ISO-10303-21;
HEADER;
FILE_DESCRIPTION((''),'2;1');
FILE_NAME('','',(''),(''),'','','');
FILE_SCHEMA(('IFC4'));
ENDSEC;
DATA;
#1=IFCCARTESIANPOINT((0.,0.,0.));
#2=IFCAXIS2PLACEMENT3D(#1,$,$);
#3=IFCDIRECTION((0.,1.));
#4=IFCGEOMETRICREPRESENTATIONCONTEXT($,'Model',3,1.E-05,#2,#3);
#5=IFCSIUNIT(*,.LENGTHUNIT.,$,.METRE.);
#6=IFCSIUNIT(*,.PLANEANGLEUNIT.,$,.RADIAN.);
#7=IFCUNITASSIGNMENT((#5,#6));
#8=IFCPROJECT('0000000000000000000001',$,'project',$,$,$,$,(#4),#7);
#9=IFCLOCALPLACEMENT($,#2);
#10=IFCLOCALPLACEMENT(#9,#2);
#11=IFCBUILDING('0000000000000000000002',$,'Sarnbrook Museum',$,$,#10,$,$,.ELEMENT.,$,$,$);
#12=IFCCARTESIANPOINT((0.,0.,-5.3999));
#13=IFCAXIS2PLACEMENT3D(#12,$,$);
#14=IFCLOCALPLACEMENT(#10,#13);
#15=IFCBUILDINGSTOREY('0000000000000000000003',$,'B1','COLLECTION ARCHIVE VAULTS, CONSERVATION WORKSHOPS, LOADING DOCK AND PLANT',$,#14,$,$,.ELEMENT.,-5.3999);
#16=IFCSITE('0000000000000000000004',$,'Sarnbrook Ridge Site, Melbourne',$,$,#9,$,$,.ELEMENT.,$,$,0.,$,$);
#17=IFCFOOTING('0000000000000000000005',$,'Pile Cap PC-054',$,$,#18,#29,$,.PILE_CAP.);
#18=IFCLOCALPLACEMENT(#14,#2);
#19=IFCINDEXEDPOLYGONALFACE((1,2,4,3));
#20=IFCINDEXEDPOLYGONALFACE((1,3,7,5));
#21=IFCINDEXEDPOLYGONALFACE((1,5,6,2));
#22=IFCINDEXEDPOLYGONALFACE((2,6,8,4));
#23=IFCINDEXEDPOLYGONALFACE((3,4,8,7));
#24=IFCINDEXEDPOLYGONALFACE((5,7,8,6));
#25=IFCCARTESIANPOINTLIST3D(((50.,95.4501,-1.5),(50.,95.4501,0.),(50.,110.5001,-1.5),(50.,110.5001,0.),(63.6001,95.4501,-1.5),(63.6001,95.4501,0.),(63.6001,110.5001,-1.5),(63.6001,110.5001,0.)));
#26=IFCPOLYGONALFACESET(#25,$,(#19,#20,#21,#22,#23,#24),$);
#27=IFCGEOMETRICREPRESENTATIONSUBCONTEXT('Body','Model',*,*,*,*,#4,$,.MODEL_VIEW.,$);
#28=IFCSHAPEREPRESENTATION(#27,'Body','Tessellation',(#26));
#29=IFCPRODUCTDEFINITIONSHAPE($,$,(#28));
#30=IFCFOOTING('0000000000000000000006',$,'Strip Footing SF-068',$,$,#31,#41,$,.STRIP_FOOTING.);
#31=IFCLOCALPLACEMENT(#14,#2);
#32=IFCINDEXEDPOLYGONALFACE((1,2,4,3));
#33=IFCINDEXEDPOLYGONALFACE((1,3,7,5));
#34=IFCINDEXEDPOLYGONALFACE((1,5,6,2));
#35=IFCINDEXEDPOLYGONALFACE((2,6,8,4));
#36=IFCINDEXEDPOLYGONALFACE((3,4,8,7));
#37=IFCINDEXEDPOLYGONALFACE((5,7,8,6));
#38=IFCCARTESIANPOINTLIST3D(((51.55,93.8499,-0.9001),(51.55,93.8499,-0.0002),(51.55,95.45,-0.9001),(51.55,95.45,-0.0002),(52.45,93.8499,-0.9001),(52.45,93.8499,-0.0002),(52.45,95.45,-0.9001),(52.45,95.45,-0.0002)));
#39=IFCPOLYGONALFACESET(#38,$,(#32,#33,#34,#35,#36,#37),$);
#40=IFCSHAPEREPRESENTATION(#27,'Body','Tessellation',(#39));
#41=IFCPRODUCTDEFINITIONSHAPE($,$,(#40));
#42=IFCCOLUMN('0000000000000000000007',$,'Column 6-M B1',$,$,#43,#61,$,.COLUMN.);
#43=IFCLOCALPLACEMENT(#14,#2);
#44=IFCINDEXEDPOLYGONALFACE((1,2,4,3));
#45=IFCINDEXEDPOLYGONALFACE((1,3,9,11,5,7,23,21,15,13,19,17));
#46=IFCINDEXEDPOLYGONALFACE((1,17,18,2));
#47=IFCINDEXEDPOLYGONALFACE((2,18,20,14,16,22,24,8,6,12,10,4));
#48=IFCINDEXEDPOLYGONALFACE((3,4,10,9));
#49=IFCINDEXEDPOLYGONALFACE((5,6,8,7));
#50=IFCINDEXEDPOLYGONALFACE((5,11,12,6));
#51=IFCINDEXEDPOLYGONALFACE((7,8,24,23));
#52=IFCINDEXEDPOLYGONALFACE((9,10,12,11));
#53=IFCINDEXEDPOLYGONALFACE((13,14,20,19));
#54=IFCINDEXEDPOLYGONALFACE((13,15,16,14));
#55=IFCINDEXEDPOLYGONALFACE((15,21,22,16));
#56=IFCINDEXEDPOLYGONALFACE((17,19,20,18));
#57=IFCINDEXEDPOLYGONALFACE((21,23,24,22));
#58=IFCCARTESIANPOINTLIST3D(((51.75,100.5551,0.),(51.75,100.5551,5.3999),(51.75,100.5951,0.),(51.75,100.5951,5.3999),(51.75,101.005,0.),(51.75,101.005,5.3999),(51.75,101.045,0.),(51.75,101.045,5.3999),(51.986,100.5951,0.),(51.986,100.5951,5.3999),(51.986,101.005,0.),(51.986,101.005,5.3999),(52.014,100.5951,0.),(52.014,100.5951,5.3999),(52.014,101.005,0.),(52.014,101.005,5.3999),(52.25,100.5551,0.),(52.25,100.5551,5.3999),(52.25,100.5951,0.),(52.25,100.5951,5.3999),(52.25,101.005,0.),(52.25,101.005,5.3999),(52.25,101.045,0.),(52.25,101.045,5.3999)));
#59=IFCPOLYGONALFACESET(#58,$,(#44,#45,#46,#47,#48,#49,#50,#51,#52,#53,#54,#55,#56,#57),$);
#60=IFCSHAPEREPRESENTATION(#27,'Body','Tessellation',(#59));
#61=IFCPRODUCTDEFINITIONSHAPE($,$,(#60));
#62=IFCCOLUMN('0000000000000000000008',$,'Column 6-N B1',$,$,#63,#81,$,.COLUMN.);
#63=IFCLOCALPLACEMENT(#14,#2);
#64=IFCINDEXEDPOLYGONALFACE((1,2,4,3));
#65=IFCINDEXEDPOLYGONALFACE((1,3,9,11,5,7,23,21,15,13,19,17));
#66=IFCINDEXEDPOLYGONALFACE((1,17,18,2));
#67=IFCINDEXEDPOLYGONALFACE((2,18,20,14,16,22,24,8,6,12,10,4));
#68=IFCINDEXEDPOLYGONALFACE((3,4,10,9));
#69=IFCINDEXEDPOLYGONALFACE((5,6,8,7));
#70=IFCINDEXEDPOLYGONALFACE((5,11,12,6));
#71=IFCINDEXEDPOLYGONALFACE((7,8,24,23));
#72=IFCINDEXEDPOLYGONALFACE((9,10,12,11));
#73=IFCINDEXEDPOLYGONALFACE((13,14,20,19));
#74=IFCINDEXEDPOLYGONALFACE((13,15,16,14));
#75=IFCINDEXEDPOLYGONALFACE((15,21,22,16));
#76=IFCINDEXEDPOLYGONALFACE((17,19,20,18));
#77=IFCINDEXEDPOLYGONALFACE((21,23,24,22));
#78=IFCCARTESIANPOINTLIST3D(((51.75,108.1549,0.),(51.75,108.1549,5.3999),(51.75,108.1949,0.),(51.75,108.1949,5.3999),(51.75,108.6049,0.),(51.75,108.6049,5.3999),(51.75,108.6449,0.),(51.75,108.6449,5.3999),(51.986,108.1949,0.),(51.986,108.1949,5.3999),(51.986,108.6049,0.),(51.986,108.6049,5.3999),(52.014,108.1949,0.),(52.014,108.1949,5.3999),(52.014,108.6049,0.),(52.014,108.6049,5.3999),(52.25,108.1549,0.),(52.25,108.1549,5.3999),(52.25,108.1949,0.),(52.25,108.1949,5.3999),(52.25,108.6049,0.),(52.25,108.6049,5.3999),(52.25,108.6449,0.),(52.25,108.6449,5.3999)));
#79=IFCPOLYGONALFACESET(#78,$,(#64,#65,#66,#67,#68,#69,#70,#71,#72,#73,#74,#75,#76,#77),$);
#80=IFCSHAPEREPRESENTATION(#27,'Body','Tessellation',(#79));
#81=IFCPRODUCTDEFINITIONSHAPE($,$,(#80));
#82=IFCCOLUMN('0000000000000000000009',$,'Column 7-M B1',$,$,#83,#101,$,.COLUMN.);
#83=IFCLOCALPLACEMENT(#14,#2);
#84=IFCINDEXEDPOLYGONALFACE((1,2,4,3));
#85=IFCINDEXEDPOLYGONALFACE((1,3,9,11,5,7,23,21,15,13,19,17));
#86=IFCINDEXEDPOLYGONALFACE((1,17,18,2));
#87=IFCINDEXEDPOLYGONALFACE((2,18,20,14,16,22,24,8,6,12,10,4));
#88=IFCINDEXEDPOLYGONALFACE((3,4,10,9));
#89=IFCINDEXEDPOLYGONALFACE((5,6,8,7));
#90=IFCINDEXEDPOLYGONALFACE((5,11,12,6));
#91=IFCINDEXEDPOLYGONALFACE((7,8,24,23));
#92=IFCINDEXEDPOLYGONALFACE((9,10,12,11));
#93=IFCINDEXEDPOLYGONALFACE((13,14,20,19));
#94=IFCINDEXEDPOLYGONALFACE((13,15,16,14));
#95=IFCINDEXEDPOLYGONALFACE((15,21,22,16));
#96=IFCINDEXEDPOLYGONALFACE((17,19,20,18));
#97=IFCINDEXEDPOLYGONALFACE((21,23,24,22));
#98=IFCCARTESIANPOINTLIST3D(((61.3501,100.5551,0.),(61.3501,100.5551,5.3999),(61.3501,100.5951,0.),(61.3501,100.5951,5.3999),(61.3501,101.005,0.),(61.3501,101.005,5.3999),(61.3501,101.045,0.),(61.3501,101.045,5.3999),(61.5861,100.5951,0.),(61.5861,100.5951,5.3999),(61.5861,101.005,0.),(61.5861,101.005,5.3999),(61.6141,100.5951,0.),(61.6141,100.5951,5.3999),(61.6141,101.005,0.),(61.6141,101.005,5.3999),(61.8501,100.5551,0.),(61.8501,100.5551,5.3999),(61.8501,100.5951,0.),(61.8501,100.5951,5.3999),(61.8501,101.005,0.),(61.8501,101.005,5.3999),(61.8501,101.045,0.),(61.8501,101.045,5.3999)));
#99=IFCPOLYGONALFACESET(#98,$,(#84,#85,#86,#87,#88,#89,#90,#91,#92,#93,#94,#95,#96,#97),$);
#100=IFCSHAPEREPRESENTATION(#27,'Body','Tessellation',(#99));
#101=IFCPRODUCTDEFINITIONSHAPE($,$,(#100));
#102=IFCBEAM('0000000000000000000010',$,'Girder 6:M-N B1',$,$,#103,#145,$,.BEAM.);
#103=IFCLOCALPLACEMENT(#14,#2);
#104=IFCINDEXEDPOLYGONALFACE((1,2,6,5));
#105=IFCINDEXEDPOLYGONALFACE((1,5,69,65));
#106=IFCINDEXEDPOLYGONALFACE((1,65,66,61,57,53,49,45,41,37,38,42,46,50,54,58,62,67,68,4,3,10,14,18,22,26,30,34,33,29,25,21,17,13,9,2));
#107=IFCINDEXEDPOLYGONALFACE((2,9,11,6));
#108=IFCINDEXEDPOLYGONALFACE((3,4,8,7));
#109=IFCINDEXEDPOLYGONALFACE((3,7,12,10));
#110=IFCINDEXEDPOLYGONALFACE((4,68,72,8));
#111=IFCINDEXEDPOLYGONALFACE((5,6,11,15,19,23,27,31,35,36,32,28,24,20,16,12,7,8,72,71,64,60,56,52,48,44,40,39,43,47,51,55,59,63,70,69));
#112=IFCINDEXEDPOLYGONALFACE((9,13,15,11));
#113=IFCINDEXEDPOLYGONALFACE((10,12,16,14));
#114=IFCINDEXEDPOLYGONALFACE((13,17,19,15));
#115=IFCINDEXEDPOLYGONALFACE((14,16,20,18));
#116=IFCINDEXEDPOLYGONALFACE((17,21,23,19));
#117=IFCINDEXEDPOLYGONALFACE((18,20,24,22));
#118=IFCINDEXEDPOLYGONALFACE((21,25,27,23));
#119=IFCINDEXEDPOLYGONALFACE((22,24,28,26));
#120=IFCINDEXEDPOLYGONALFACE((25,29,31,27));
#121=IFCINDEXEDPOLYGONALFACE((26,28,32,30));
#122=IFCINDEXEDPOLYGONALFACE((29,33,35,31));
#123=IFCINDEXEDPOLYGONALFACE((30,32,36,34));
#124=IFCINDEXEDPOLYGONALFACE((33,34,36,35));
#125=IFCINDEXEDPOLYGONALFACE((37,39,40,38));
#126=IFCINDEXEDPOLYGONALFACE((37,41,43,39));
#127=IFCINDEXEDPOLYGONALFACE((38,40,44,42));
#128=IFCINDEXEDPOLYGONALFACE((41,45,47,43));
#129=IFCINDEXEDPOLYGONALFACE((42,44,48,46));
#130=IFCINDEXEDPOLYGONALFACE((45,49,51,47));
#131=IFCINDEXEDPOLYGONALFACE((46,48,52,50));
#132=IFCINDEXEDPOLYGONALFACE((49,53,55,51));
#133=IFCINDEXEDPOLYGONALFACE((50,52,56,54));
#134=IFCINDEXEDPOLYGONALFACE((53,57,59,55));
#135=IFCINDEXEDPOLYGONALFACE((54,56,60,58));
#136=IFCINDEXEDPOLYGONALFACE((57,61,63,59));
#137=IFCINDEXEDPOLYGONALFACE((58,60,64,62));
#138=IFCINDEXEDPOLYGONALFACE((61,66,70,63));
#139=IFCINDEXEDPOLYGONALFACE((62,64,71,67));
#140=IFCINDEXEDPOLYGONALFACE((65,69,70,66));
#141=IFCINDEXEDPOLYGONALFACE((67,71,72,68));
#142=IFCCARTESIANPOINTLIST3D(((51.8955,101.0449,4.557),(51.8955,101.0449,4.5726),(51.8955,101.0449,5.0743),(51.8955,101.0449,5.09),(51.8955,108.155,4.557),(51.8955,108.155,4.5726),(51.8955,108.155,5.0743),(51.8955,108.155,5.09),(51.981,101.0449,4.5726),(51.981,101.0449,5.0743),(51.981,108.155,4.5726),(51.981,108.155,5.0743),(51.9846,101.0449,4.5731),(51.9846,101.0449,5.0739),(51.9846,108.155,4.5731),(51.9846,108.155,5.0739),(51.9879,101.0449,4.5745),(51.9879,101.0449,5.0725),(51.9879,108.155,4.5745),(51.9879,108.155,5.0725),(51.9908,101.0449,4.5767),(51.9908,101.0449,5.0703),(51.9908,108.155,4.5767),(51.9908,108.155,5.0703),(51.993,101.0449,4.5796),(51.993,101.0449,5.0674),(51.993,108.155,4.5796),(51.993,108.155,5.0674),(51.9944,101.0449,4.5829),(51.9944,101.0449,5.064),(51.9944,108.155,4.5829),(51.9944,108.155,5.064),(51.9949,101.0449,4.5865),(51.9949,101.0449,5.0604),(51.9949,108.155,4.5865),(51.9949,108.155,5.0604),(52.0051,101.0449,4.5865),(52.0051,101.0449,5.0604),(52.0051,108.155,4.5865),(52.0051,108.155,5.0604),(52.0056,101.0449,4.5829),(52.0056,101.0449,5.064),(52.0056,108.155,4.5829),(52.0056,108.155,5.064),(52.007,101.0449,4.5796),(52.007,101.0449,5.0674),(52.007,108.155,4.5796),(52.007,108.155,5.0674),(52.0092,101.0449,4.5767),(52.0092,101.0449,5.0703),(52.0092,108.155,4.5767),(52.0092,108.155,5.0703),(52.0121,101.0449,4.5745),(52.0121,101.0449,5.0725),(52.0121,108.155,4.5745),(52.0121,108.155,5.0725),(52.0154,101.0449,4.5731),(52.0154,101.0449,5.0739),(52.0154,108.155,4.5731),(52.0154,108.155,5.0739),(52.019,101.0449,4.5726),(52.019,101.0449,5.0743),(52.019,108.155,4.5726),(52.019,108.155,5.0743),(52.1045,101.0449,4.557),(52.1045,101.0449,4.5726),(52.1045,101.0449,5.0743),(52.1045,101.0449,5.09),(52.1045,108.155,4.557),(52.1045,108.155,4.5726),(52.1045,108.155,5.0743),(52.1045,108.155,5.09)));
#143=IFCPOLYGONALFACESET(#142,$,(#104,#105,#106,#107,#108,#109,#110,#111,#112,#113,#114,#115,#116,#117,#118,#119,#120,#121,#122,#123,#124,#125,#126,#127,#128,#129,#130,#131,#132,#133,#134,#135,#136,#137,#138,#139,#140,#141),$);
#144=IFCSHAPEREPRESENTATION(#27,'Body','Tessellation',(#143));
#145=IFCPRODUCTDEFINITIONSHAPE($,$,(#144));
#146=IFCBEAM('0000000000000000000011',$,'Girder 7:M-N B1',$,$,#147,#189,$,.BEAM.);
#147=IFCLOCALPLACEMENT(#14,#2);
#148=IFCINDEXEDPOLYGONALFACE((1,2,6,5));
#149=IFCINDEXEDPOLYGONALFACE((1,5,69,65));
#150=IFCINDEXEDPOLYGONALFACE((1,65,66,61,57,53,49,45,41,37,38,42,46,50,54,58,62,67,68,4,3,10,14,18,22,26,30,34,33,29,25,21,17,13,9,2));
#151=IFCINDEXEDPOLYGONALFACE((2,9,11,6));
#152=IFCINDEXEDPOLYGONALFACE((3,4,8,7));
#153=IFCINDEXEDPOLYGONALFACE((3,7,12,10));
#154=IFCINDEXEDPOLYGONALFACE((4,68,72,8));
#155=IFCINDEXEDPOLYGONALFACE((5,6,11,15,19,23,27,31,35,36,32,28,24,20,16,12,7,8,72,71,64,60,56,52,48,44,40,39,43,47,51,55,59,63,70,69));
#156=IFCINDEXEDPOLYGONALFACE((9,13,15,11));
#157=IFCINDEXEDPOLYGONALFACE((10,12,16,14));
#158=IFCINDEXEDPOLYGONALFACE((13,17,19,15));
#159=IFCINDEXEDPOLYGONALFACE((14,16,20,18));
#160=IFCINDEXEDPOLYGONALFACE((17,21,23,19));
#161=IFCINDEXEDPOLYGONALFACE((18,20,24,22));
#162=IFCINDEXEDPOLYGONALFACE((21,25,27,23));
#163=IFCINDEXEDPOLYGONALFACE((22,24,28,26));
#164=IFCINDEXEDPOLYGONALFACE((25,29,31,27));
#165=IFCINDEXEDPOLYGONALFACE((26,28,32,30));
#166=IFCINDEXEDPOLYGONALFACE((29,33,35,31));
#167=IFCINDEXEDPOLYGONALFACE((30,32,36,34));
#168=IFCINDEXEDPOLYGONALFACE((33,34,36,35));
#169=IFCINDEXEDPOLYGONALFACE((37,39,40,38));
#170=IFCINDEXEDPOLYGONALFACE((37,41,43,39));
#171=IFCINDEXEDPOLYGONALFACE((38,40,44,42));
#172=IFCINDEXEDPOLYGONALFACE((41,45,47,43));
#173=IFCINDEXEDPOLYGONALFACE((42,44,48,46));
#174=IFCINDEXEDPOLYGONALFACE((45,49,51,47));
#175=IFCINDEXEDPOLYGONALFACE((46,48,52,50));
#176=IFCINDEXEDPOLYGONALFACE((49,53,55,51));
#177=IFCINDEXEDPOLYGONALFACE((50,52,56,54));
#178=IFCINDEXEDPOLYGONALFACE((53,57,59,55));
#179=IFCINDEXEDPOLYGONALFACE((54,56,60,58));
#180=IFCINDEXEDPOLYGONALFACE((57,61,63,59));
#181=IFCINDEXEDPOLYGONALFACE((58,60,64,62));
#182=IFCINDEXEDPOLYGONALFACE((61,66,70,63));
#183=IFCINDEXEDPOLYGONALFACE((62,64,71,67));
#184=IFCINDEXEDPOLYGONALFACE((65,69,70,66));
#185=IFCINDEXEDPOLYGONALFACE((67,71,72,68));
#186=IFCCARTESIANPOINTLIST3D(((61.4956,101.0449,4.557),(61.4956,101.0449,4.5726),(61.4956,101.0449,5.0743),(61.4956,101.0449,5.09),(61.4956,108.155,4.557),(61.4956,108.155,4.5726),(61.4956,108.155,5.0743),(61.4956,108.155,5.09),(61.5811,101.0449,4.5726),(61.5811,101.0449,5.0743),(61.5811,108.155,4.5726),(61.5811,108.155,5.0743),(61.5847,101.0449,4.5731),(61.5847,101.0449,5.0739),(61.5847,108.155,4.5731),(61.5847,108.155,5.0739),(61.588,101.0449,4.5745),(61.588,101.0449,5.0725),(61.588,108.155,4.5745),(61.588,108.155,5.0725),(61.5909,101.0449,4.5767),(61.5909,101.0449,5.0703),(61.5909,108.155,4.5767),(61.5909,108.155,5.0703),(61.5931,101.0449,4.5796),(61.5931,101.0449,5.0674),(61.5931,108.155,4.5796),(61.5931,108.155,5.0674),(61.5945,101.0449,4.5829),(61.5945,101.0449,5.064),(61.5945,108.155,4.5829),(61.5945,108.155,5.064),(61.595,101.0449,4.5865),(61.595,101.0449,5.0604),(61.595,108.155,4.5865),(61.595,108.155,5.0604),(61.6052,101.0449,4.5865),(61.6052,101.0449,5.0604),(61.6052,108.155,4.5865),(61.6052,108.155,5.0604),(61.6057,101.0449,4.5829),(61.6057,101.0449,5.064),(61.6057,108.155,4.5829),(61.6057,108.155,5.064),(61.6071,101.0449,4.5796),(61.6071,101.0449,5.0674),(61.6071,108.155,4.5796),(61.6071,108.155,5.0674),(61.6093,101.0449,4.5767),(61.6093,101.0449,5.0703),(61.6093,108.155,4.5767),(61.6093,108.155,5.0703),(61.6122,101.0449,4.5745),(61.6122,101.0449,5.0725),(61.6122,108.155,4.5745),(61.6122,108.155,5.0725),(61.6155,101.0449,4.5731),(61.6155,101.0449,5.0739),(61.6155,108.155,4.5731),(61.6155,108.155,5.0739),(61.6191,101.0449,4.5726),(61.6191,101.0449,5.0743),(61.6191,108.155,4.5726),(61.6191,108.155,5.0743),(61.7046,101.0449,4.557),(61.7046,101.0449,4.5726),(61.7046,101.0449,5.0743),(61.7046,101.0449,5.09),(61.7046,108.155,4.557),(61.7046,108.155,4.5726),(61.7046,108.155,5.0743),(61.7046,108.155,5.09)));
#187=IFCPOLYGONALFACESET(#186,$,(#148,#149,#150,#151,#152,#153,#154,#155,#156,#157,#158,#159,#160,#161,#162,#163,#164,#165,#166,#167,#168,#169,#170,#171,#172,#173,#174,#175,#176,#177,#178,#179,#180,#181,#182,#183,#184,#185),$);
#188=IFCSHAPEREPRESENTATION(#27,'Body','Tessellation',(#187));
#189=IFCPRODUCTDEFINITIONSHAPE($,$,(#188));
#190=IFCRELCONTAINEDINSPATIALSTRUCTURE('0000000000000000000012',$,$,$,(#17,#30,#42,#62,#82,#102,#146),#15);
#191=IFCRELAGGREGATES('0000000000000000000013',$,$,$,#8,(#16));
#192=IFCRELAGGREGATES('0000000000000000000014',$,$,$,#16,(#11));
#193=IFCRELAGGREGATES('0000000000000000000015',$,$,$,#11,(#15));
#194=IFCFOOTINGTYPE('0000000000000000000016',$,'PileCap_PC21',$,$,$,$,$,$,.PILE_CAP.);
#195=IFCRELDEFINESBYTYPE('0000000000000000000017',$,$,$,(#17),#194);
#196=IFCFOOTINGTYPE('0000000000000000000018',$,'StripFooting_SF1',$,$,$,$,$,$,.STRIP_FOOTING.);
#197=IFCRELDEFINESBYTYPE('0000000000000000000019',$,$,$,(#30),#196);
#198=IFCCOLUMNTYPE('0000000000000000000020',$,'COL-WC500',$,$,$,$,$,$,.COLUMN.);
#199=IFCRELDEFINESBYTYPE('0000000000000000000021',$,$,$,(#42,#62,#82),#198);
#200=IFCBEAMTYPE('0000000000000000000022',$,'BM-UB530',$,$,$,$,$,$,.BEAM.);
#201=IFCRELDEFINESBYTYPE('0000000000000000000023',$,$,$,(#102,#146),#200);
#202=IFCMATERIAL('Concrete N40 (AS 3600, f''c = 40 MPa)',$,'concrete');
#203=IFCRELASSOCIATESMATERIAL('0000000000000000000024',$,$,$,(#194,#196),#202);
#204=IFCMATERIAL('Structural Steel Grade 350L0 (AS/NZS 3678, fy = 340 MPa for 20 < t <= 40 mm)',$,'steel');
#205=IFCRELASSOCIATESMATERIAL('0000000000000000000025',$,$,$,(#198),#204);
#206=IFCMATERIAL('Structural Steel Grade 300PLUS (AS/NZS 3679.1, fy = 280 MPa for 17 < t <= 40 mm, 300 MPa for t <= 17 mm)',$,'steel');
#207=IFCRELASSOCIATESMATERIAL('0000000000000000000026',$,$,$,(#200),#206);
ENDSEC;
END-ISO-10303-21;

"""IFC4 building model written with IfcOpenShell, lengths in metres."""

from ifc_helpers import new_model, si_unit, direction, frame, origin, origin_2d, place, context, subcontext, project, spatial, rectangle, i_section, extrude, material, material_profile, profile_set, type_object, element, save


model = new_model("IFC4")

# Units and contexts
model_context = context("Model", 3, precision=1e-05, world=origin(), true_north=direction((0.0, 1.0)))
body_context = subcontext(model_context, "Body", "Model", "MODEL_VIEW")
ifc_project = project(units=[si_unit("LENGTHUNIT", "METRE"), si_unit("PLANEANGLEUNIT", "RADIAN")], contexts=[model_context])

# Site, building, storey
site_placement = place(None, origin())
site = spatial("IfcSite", under=ifc_project, at=site_placement, Name="Sarnbrook Ridge Site, Melbourne", CompositionType="ELEMENT", RefElevation=0.0)
building_placement = place(site_placement, origin())
building = spatial("IfcBuilding", under=site, at=building_placement, Name="Sarnbrook Museum", CompositionType="ELEMENT")
storey_placement = place(building_placement, frame((0.0, 0.0, -5.3999)))
storey = spatial("IfcBuildingStorey", under=building, at=storey_placement, Name="B1", Description="COLLECTION ARCHIVE VAULTS, CONSERVATION WORKSHOPS, LOADING DOCK AND PLANT", CompositionType="ELEMENT", Elevation=-5.3999)

# Footings
ifc_material_1 = material(Name="Concrete N40 (AS 3600, f'c = 40 MPa)", Category="concrete")
footing_type_1 = type_object("IfcFootingType", Name="PileCap_PC21", PredefinedType="PILE_CAP", material=ifc_material_1)
footing_1_placement = place(storey_placement, frame((56.8, 102.9751, -1.5), z_axis=(0.0, 0.0, 1.0), x_axis=(1.0, 0.0, 0.0)))
element("IfcFooting", 1, at=footing_1_placement, inside=storey, type_object=footing_type_1, Name="Pile Cap PC-054", PredefinedType="PILE_CAP", context=body_context, shape_type="SweptSolid", body=[
    extrude(rectangle(XDim=13.6001, YDim=15.05, at=origin_2d()), origin(), (0.0, 0.0, 1.0), 1.5),
])
footing_type_2 = type_object("IfcFootingType", Name="StripFooting_SF1", PredefinedType="STRIP_FOOTING", material=ifc_material_1)
footing_2_placement = place(storey_placement, frame((52.0, 94.6499, -0.9001), z_axis=(0.0, 0.0, 1.0), x_axis=(1.0, 0.0, 0.0)))
element("IfcFooting", 2, at=footing_2_placement, inside=storey, type_object=footing_type_2, Name="Strip Footing SF-068", PredefinedType="STRIP_FOOTING", context=body_context, shape_type="SweptSolid", body=[
    extrude(rectangle(XDim=0.8999, YDim=1.6001, at=origin_2d()), origin(), (0.0, 0.0, 1.0), 0.8999),
])

# Columns
ifc_material_2 = material(Name="Structural Steel Grade 350L0 (AS/NZS 3678, fy = 340 MPa for 20 < t <= 40 mm)", Category="steel")
ifc_material_profile_1 = material_profile(ifc_material_2, i_section(OverallWidth=0.5, OverallDepth=0.49, WebThickness=0.0281, FlangeThickness=0.04, at=origin_2d()), Name="500WC340")
ifc_profile_set_1 = profile_set([ifc_material_profile_1], Name="Structural Steel Grade 350L0 (AS/NZS 3678, fy = 340 MPa for 20 < t <= 40 mm)")
column_type = type_object("IfcColumnType", Name="COL-WC500", PredefinedType="COLUMN", material=ifc_profile_set_1)
for number, where, z_axis, x_axis, name in (
    (3, (52.0, 100.8, 0.0), (0.0, 0.0, 1.0), (1.0, 0.0, 0.0), "Column 6-M B1"),
    (4, (52.0, 108.3999, 0.0), (0.0, 0.0, 1.0), (1.0, 0.0, 0.0), "Column 6-N B1"),
    (5, (61.6001, 100.8, 0.0), (0.0, 0.0, 1.0), (1.0, 0.0, 0.0), "Column 7-M B1"),
):
    element("IfcColumn", number, at=place(storey_placement, frame(where, z_axis=z_axis, x_axis=x_axis)), inside=storey, type_object=column_type, Name=name, PredefinedType="COLUMN", context=body_context, shape_type="SweptSolid", body=[
        extrude(i_section(OverallWidth=0.5, OverallDepth=0.49, WebThickness=0.0281, FlangeThickness=0.04, at=origin_2d()), origin(), (0.0, 0.0, 1.0), 5.3999),
    ])

# Beams
ifc_material_3 = material(Name="Structural Steel Grade 300PLUS (AS/NZS 3679.1, fy = 280 MPa for 17 < t <= 40 mm, 300 MPa for t <= 17 mm)", Category="steel")
ifc_material_profile_2 = material_profile(ifc_material_3, i_section(OverallWidth=0.209, OverallDepth=0.533, WebThickness=0.0103, FlangeThickness=0.0156, FilletRadius=0.0139, at=origin_2d()), Name="530UB92.4")
ifc_profile_set_2 = profile_set([ifc_material_profile_2], Name="Structural Steel Grade 300PLUS (AS/NZS 3679.1, fy = 280 MPa for 17 < t <= 40 mm, 300 MPa for t <= 17 mm)")
beam_type_1 = type_object("IfcBeamType", Name="BM-UB530", PredefinedType="BEAM", material=ifc_profile_set_2)
for number, where, z_axis, x_axis, name in (
    (6, (52.0, 101.0449, 4.8235), (0.0, 1.0, 0.0), (-1.0, 0.0, 0.0), "Girder 6:M-N B1"),
    (7, (61.6001, 101.0449, 4.8235), (0.0, 1.0, 0.0), (-1.0, 0.0, 0.0), "Girder 7:M-N B1"),
):
    element("IfcBeam", number, at=place(storey_placement, frame(where, z_axis=z_axis, x_axis=x_axis)), inside=storey, type_object=beam_type_1, Name=name, PredefinedType="BEAM", context=body_context, shape_type="SweptSolid", body=[
        extrude(i_section(OverallWidth=0.209, OverallDepth=0.533, WebThickness=0.0103, FlangeThickness=0.0156, FilletRadius=0.0139, at=origin_2d()), origin(), (0.0, 0.0, 1.0), 7.1101),
    ])

save(model, "model.ifc")
